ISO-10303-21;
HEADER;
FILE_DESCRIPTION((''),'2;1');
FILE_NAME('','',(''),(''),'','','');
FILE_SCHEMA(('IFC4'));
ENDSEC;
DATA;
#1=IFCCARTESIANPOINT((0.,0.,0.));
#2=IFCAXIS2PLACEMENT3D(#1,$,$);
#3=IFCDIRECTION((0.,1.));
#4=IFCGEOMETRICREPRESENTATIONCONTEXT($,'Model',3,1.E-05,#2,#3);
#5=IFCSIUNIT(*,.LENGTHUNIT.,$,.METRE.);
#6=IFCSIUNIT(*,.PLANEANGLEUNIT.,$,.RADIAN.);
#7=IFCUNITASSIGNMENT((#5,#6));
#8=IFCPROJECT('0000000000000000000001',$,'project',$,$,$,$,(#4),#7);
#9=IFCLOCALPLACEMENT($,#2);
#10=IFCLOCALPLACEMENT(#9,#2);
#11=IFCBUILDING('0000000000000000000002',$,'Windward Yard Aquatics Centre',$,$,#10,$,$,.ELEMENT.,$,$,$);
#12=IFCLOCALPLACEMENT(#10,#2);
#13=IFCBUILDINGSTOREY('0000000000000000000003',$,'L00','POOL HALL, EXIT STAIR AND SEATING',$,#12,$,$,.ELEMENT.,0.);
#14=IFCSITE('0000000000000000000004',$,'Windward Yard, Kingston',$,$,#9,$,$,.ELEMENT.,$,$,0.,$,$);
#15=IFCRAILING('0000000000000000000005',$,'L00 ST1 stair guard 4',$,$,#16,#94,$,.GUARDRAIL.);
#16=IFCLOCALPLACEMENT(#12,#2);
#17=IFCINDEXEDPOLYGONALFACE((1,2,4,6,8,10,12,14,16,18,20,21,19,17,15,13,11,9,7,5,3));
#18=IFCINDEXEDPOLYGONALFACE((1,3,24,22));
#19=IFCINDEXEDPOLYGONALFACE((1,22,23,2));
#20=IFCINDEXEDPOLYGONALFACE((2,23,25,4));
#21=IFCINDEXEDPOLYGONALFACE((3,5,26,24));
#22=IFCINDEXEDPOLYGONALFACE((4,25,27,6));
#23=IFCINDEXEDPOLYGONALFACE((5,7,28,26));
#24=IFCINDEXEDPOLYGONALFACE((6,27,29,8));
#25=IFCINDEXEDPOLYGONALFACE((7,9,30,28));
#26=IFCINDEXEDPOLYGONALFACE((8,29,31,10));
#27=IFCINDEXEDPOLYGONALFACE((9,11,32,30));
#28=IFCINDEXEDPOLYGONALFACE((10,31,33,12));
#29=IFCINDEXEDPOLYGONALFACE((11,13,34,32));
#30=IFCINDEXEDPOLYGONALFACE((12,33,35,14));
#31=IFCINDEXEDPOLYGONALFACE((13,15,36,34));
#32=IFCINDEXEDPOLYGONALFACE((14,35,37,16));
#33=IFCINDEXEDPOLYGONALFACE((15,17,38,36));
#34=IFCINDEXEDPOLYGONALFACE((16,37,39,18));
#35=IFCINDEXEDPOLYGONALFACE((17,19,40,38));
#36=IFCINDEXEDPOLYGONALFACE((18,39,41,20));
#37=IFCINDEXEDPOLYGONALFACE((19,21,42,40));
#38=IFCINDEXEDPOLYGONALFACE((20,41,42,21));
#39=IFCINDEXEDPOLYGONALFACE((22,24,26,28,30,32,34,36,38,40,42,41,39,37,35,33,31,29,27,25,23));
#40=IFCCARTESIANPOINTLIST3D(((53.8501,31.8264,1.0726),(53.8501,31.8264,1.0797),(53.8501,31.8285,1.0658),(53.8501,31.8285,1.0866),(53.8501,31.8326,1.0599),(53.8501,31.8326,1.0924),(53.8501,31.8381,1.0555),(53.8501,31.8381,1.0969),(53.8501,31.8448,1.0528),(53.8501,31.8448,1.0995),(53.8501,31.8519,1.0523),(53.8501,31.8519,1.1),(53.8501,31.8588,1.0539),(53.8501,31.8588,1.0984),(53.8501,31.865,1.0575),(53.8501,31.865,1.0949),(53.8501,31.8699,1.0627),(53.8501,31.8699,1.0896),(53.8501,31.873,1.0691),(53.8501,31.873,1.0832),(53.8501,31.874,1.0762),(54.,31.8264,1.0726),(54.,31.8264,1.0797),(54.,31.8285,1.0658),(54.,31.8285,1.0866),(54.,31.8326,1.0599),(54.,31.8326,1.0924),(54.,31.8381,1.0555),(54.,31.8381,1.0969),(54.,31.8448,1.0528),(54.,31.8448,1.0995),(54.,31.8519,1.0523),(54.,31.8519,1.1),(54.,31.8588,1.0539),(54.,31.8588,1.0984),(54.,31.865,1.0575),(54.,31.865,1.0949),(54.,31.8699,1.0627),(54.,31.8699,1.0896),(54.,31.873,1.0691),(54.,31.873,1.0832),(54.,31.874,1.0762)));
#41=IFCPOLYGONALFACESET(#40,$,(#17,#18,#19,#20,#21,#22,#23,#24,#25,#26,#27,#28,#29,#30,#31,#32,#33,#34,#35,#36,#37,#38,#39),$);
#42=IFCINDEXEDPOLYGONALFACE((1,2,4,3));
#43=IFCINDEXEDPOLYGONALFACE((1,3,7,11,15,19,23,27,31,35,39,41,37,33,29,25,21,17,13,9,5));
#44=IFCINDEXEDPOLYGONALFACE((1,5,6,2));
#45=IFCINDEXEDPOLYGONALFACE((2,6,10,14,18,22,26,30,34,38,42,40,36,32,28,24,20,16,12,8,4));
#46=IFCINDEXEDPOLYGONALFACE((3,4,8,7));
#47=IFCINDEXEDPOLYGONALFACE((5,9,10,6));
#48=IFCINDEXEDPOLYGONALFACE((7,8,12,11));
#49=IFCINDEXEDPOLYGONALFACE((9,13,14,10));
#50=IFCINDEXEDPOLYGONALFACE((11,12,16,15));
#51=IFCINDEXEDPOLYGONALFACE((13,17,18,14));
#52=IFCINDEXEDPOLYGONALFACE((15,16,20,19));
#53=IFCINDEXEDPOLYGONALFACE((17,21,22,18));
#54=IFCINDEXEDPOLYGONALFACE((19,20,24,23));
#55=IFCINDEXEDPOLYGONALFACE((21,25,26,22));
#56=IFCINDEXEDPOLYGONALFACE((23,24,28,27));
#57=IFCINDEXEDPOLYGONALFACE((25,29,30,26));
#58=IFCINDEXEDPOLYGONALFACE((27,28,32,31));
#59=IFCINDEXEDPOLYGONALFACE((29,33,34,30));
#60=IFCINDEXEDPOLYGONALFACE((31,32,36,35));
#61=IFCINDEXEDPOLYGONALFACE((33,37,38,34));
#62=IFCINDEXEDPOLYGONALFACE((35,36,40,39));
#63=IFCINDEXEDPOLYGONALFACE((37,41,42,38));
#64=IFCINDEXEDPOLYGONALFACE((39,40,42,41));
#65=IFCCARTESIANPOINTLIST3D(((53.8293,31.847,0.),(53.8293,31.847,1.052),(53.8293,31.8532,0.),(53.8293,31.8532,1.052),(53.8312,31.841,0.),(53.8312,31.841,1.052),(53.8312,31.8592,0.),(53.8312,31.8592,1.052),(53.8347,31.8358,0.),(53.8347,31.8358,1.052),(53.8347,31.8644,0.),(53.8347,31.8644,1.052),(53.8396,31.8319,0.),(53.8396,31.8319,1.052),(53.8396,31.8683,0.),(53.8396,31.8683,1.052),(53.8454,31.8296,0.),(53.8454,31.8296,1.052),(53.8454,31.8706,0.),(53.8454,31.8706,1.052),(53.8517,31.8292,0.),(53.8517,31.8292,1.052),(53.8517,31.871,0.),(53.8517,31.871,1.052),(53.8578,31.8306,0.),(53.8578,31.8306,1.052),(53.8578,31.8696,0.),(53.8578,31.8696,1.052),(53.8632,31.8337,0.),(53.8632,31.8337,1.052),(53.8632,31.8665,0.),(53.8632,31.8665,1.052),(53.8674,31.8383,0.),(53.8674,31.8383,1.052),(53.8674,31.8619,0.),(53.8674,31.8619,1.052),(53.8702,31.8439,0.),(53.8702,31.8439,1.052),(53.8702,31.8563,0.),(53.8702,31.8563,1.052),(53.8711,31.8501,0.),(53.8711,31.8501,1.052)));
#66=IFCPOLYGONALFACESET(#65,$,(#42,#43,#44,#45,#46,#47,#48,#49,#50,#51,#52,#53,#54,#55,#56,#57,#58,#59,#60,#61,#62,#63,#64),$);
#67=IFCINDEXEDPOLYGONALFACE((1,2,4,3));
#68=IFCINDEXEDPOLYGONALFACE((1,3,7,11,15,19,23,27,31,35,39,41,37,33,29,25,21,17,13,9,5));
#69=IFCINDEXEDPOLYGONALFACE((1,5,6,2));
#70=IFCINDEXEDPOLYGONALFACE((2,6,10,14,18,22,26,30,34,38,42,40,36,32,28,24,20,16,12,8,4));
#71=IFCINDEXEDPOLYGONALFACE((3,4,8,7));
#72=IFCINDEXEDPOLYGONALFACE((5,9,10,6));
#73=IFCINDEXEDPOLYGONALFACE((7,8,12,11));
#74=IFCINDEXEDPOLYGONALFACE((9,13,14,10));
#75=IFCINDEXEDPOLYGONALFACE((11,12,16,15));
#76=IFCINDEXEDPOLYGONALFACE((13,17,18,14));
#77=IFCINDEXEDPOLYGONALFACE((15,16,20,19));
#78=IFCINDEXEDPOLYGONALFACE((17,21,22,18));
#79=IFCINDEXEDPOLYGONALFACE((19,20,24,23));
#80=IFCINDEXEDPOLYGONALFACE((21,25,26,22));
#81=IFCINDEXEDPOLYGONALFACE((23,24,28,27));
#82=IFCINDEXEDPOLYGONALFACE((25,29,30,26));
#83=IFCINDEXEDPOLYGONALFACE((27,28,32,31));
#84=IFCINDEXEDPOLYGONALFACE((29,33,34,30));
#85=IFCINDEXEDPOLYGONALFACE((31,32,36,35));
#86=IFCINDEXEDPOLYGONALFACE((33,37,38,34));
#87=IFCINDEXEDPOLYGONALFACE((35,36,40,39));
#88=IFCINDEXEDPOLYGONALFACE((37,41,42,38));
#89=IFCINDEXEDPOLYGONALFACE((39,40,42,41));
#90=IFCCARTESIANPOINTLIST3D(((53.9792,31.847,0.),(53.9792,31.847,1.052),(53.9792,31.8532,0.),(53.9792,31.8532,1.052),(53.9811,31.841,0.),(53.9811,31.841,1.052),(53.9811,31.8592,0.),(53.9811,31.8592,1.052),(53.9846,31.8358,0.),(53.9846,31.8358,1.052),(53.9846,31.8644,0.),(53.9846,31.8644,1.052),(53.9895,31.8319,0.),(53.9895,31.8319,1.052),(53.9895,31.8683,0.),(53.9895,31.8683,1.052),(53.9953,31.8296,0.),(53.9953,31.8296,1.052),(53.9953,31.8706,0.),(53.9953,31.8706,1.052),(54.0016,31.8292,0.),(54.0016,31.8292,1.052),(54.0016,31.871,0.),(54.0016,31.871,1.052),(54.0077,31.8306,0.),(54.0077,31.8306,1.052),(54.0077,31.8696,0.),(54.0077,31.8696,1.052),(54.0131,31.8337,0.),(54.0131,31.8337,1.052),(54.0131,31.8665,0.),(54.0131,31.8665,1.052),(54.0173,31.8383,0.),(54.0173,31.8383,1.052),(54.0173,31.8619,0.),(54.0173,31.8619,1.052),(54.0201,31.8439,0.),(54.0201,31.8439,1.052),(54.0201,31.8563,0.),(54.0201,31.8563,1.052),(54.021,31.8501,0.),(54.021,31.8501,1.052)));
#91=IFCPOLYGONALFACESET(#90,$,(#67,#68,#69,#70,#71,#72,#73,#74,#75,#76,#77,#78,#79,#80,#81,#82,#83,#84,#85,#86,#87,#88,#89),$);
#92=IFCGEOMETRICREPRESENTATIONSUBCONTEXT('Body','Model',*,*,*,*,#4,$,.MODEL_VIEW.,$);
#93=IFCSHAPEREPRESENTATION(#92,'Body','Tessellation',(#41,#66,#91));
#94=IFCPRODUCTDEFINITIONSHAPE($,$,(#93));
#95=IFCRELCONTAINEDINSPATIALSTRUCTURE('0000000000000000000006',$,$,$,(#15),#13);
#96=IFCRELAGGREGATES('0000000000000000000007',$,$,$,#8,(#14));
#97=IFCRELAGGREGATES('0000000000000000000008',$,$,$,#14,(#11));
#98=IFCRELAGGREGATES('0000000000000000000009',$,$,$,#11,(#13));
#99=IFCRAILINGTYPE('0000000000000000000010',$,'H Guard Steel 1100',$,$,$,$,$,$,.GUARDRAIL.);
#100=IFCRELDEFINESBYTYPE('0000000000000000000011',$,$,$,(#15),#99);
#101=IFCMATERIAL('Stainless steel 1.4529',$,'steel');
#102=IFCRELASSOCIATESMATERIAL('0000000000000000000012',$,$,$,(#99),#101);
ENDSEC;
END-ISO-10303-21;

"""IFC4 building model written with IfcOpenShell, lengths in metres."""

from ifc_helpers import new_model, si_unit, direction, frame, origin, origin_2d, place, context, subcontext, project, spatial, circle, extrude, material, type_object, element, save


model = new_model("IFC4")

# Units and contexts
model_context = context("Model", 3, precision=1e-05, world=origin(), true_north=direction((0.0, 1.0)))
body_context = subcontext(model_context, "Body", "Model", "MODEL_VIEW")
ifc_project = project(units=[si_unit("LENGTHUNIT", "METRE"), si_unit("PLANEANGLEUNIT", "RADIAN")], contexts=[model_context])

# Site, building, storey
site_placement = place(None, origin())
site = spatial("IfcSite", under=ifc_project, at=site_placement, Name="Windward Yard, Kingston", CompositionType="ELEMENT", RefElevation=0.0)
building_placement = place(site_placement, origin())
building = spatial("IfcBuilding", under=site, at=building_placement, Name="Windward Yard Aquatics Centre", CompositionType="ELEMENT")
storey_placement = place(building_placement, origin())
storey = spatial("IfcBuildingStorey", under=building, at=storey_placement, Name="L00", Description="POOL HALL, EXIT STAIR AND SEATING", CompositionType="ELEMENT", Elevation=0.0)

# Railing
ifc_material_1 = material(Name="Stainless steel 1.4529", Category="steel")
railing_type_1 = type_object("IfcRailingType", Name="H Guard Steel 1100", PredefinedType="GUARDRAIL", material=ifc_material_1)
railing_1_placement = place(storey_placement, frame((53.8501, 31.8501, 0.0)))
element("IfcRailing", 1, at=railing_1_placement, inside=storey, type_object=railing_type_1, Name="L00 ST1 stair guard 4", PredefinedType="GUARDRAIL", context=body_context, shape_type="SweptSolid", body=[
    extrude(circle(Radius=0.0239, at=origin_2d()), frame((0.0, 0.0, 1.0762), z_axis=(1.0, 0.0, 0.0), x_axis=(0.0, 1.0, 0.0)), (0.0, 0.0, 1.0), 0.1499),
    extrude(circle(Radius=0.021, at=origin_2d()), origin(), (0.0, 0.0, 1.0), 1.052),
    extrude(circle(Radius=0.021, at=origin_2d()), frame((0.1499, 0.0, 0.0)), (0.0, 0.0, 1.0), 1.052),
])

save(model, "model.ifc")
